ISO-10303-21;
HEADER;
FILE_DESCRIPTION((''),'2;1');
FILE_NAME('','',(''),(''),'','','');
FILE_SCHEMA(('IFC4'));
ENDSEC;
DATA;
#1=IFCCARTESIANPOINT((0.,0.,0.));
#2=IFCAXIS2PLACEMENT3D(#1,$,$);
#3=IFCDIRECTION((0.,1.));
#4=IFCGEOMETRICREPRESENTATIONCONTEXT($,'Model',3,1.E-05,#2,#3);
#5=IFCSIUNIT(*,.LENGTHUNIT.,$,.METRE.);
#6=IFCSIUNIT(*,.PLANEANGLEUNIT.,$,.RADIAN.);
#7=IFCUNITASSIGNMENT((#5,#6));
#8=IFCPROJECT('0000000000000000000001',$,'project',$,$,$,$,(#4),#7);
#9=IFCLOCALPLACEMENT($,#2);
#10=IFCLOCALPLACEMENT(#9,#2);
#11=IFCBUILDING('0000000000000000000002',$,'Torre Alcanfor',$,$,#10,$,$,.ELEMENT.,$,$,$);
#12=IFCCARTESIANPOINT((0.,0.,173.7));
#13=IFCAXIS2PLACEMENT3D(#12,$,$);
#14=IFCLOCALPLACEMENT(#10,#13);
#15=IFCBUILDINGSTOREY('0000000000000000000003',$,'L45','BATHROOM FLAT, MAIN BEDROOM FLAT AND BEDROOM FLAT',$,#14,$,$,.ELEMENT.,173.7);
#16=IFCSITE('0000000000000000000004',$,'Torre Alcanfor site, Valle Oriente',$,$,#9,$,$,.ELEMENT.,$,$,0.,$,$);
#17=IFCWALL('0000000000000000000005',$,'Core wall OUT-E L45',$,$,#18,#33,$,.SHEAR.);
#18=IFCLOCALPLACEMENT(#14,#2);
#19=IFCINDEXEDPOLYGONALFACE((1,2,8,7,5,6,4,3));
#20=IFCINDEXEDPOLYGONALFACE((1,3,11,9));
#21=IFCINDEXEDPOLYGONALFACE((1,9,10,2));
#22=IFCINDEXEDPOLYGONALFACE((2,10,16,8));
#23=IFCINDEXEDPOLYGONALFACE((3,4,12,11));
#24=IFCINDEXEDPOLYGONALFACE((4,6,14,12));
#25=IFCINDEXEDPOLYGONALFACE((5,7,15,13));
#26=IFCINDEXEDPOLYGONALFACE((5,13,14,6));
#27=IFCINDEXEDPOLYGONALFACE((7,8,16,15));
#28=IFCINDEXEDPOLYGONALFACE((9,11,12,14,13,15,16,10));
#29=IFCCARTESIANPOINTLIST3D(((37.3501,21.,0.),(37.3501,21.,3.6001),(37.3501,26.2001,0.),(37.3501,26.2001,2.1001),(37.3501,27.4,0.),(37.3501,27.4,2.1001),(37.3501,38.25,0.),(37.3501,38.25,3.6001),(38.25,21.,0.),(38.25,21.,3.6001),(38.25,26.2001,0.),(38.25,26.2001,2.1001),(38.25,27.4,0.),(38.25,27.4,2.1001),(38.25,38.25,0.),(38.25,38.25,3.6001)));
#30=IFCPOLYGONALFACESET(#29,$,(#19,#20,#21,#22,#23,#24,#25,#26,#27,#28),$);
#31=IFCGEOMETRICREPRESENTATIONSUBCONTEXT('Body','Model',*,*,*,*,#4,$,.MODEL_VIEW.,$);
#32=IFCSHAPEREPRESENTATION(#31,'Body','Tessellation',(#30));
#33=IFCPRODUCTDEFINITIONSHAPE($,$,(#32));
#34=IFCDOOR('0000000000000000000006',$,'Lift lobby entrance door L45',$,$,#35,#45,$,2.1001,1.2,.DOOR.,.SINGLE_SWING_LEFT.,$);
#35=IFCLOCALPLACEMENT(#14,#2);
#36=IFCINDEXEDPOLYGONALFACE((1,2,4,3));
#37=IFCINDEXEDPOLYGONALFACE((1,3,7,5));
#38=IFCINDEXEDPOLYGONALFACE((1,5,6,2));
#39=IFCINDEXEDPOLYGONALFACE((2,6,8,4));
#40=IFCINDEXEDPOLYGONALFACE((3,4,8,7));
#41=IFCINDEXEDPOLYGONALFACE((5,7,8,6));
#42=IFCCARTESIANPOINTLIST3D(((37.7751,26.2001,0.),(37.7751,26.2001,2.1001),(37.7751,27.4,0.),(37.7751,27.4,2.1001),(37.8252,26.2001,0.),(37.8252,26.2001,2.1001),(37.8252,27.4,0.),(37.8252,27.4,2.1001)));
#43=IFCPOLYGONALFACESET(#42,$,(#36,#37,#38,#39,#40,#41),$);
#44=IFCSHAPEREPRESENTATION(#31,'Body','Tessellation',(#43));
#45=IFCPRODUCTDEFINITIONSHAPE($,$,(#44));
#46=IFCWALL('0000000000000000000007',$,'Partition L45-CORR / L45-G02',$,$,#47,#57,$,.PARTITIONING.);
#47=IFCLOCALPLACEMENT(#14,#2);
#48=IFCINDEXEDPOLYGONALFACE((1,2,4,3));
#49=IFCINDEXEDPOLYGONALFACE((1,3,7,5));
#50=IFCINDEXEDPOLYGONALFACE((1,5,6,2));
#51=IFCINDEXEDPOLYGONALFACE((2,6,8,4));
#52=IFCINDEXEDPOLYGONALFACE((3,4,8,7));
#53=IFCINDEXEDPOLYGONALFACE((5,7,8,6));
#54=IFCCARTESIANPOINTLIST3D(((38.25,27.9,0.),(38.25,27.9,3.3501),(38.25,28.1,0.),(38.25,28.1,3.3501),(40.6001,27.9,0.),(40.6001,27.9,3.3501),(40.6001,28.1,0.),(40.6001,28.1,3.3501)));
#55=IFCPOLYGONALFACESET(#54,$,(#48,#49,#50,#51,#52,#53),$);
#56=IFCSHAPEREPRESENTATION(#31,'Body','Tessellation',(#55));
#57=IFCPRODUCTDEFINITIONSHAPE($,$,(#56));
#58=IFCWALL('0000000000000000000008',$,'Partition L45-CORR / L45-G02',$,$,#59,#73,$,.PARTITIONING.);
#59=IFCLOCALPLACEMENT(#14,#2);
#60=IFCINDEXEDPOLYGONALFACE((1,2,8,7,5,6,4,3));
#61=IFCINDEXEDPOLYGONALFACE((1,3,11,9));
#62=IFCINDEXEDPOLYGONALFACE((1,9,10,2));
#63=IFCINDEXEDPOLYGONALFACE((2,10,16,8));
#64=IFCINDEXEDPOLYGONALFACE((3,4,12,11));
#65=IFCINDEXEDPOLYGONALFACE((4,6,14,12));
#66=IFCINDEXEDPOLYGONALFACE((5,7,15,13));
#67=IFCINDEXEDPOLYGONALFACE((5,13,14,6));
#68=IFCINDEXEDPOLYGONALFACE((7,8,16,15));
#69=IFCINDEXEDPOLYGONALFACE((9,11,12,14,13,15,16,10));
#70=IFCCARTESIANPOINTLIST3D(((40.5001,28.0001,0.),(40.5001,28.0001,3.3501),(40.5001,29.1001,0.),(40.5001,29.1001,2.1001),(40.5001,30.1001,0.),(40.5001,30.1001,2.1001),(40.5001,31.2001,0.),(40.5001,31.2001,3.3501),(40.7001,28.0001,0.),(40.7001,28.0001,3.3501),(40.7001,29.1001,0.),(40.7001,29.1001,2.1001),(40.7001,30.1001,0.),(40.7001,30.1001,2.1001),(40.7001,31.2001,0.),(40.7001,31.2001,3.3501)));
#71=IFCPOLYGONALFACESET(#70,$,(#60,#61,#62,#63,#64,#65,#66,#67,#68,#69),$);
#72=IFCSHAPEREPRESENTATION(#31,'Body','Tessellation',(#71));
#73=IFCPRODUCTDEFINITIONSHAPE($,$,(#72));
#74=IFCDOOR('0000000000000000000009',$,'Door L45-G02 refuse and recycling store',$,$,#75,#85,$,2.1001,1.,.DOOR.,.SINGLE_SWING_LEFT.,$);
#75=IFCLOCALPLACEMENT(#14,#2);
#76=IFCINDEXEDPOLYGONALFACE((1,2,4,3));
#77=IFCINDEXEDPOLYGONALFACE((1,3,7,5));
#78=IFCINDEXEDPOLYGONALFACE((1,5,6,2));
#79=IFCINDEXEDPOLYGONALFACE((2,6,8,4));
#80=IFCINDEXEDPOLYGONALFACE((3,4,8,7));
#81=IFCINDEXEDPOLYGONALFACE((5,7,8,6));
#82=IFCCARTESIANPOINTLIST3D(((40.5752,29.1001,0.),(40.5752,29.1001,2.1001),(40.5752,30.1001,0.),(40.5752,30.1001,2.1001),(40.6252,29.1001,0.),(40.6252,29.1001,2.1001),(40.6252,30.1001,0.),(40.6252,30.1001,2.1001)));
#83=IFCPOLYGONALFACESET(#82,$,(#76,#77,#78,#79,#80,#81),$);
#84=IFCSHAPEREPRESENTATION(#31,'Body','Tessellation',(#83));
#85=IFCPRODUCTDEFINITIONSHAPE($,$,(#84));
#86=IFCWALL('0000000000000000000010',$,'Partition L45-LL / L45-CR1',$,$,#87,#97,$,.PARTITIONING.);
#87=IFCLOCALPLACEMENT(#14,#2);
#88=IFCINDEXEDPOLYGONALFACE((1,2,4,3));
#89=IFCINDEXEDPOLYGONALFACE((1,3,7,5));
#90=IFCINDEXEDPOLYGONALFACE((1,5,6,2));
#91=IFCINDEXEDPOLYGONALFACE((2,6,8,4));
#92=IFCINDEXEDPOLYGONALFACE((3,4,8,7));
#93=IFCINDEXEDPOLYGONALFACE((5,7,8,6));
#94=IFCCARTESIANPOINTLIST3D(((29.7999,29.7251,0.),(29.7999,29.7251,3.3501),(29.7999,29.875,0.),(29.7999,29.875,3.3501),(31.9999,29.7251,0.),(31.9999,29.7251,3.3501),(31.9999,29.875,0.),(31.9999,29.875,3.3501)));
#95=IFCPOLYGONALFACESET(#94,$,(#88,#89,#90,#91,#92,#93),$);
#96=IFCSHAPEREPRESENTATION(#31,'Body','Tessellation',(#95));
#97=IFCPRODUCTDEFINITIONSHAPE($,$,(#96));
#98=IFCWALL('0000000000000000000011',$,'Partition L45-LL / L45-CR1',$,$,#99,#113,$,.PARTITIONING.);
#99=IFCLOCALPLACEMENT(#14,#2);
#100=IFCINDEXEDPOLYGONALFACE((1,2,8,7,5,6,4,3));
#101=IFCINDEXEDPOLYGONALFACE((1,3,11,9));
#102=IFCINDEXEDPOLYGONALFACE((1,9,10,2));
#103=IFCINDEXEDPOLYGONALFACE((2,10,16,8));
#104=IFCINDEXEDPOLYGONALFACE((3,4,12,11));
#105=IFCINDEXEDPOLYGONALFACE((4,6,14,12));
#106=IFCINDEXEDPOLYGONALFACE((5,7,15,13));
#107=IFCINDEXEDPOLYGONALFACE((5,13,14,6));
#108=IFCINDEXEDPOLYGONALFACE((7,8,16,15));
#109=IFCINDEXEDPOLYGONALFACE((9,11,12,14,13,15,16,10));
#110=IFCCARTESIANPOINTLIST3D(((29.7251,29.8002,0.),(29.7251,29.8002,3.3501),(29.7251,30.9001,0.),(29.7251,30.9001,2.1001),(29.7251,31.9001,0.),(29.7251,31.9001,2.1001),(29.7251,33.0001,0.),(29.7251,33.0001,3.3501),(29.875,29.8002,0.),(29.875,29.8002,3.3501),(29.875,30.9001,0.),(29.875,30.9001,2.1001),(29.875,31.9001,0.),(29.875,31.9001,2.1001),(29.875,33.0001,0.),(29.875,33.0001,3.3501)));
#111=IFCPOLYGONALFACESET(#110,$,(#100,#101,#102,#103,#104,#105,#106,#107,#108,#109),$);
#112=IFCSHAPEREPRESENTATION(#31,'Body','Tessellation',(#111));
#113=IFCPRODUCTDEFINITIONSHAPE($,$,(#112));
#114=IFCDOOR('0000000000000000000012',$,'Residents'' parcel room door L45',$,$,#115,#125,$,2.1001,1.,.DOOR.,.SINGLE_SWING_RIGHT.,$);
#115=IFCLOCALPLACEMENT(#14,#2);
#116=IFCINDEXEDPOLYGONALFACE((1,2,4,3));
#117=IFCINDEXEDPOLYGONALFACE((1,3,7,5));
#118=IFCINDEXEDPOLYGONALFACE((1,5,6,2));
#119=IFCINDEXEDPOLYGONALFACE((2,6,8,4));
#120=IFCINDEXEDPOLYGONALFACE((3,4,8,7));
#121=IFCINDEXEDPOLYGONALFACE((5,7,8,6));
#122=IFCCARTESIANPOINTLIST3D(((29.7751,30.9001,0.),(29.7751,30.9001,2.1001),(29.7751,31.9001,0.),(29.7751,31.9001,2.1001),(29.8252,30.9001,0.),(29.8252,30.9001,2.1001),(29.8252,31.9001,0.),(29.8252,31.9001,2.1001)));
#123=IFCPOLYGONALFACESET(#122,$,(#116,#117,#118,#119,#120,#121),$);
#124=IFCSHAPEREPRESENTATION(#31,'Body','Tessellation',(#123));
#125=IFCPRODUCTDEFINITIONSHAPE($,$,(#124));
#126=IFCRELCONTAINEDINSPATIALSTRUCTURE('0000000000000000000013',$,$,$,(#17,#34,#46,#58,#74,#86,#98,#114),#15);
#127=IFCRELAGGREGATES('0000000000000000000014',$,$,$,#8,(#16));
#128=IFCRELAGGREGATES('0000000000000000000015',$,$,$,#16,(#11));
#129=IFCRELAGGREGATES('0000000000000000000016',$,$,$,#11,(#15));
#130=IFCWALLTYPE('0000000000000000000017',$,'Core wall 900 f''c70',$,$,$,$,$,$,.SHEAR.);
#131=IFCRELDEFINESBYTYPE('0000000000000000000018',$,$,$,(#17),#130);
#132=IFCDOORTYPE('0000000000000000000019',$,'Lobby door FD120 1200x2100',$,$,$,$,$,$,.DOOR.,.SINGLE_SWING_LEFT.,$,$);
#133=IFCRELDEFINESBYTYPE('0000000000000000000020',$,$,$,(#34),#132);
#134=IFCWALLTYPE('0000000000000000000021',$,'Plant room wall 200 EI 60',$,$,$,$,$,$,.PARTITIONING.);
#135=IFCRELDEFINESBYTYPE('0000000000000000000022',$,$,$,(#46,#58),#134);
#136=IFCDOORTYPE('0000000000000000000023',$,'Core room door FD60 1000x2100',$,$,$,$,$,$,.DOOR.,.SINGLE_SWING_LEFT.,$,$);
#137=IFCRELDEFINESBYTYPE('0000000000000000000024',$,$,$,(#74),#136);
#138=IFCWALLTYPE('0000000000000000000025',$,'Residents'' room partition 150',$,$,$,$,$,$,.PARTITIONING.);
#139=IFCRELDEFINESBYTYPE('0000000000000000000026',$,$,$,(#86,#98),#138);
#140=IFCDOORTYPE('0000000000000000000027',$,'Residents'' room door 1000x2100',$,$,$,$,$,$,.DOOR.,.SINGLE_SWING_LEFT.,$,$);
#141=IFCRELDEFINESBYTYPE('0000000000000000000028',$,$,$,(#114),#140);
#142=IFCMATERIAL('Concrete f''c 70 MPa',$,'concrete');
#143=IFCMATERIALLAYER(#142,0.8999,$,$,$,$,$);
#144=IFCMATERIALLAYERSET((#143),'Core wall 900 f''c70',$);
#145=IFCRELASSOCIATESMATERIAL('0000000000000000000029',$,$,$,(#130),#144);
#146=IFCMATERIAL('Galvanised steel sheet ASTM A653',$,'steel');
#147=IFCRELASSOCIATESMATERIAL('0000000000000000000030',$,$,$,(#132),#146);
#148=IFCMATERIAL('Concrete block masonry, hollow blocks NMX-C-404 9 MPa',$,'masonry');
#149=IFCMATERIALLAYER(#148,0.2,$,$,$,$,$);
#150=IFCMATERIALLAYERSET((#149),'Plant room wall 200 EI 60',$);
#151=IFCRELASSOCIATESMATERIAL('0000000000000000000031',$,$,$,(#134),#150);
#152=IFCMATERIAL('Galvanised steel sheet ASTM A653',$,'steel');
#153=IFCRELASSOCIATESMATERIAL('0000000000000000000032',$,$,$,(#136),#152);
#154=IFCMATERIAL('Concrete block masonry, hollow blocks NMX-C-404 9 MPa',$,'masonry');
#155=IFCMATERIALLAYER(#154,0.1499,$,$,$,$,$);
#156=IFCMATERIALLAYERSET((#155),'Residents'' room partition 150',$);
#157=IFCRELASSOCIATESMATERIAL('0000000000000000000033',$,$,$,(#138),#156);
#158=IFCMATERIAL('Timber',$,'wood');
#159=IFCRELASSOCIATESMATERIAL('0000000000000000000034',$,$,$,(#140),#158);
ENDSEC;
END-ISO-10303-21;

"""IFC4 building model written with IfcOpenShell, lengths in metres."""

from ifc_helpers import new_model, si_unit, direction, frame, frame_2d, origin, place, context, subcontext, project, spatial, rectangle, extrude, material, layer, layer_set, type_object, element, fill, save


model = new_model("IFC4")

# Units and contexts
model_context = context("Model", 3, precision=1e-05, world=origin(), true_north=direction((0.0, 1.0)))
body_context = subcontext(model_context, "Body", "Model", "MODEL_VIEW")
ifc_project = project(units=[si_unit("LENGTHUNIT", "METRE"), si_unit("PLANEANGLEUNIT", "RADIAN")], contexts=[model_context])

# Site, building, storey
site_placement = place(None, origin())
site = spatial("IfcSite", under=ifc_project, at=site_placement, Name="Torre Alcanfor site, Valle Oriente", CompositionType="ELEMENT", RefElevation=0.0)
building_placement = place(site_placement, origin())
building = spatial("IfcBuilding", under=site, at=building_placement, Name="Torre Alcanfor", CompositionType="ELEMENT")
storey_placement = place(building_placement, frame((0.0, 0.0, 173.7)))
storey = spatial("IfcBuildingStorey", under=building, at=storey_placement, Name="L45", Description="BATHROOM FLAT, MAIN BEDROOM FLAT AND BEDROOM FLAT", CompositionType="ELEMENT", Elevation=173.7)

# Wall, opening, door
ifc_material_1 = material(Name="Concrete f'c 70 MPa", Category="concrete")
ifc_layer_1 = layer(ifc_material_1, 0.8999)
ifc_layer_set_1 = layer_set([ifc_layer_1], Name="Core wall 900 f'c70")
wall_type_1 = type_object("IfcWallType", Name="Core wall 900 f'c70", PredefinedType="SHEAR", material=ifc_layer_set_1)
wall_1_placement = place(storey_placement, frame((37.8, 21.0, 0.0), z_axis=(0.0, 0.0, 1.0), x_axis=(0.0, 1.0, 0.0)))
wall_1 = element("IfcWall", 1, at=wall_1_placement, inside=storey, type_object=wall_type_1, Name="Core wall OUT-E L45", PredefinedType="SHEAR", context=body_context, shape_type="SweptSolid", body=[
    extrude(rectangle(XDim=17.25, YDim=0.8999, at=frame_2d((8.625, 0.0))), origin(), (0.0, 0.0, 1.0), 3.6001),
])
opening_1_placement = place(wall_1_placement, frame((5.2, 0.0, 0.0)))
opening_1 = element("IfcOpeningElement", 2, at=opening_1_placement, cuts=wall_1, PredefinedType="OPENING", context=body_context, shape_type="SweptSolid", body=[
    extrude(rectangle(XDim=1.2, YDim=2.1001, at=frame_2d((0.6001, 1.05))), frame((0.0, 0.46, 0.0), z_axis=(0.0, -1.0, 0.0), x_axis=(1.0, 0.0, 0.0)), (0.0, 0.0, 1.0), 0.9199),
])
ifc_material_2 = material(Name="Galvanised steel sheet ASTM A653", Category="steel")
door_type_1 = type_object("IfcDoorType", Name="Lobby door FD120 1200x2100", OperationType="SINGLE_SWING_LEFT", PredefinedType="DOOR", material=ifc_material_2)
door_1_placement = place(opening_1_placement, origin())
door_1 = element("IfcDoor", 3, at=door_1_placement, inside=storey, type_object=door_type_1, Name="Lift lobby entrance door L45", OperationType="SINGLE_SWING_LEFT", OverallHeight=2.1001, OverallWidth=1.2, PredefinedType="DOOR", context=body_context, shape_type="SweptSolid", body=[
    extrude(rectangle(XDim=1.2, YDim=2.1001, at=frame_2d((0.6001, 1.05))), frame((0.0, 0.0249, 0.0), z_axis=(0.0, -1.0, 0.0), x_axis=(1.0, 0.0, 0.0)), (0.0, 0.0, 1.0), 0.05),
])
fill(opening_1, door_1)

# Wall
ifc_material_3 = material(Name="Concrete block masonry, hollow blocks NMX-C-404 9 MPa", Category="masonry")
ifc_layer_2 = layer(ifc_material_3, 0.2)
ifc_layer_set_2 = layer_set([ifc_layer_2], Name="Plant room wall 200 EI 60")
wall_type_2 = type_object("IfcWallType", Name="Plant room wall 200 EI 60", PredefinedType="PARTITIONING", material=ifc_layer_set_2)
wall_2_placement = place(storey_placement, frame((38.25, 28.0, 0.0), z_axis=(0.0, 0.0, 1.0), x_axis=(1.0, 0.0, 0.0)))
element("IfcWall", 4, at=wall_2_placement, inside=storey, type_object=wall_type_2, Name="Partition L45-CORR / L45-G02", PredefinedType="PARTITIONING", context=body_context, shape_type="SweptSolid", body=[
    extrude(rectangle(XDim=2.3501, YDim=0.2, at=frame_2d((1.175, 0.0))), origin(), (0.0, 0.0, 1.0), 3.3501),
])

# Wall, opening, door
wall_3_placement = place(storey_placement, frame((40.6001, 28.0, 0.0), z_axis=(0.0, 0.0, 1.0), x_axis=(0.0, 1.0, 0.0)))
wall_3 = element("IfcWall", 5, at=wall_3_placement, inside=storey, type_object=wall_type_2, Name="Partition L45-CORR / L45-G02", PredefinedType="PARTITIONING", context=body_context, shape_type="SweptSolid", body=[
    extrude(rectangle(XDim=3.2, YDim=0.2, at=frame_2d((1.6001, 0.0))), origin(), (0.0, 0.0, 1.0), 3.3501),
])
opening_2_placement = place(wall_3_placement, frame((1.1001, 0.0, 0.0)))
opening_2 = element("IfcOpeningElement", 6, at=opening_2_placement, cuts=wall_3, PredefinedType="OPENING", context=body_context, shape_type="SweptSolid", body=[
    extrude(rectangle(XDim=1.0, YDim=2.1001, at=frame_2d((0.5, 1.05))), frame((0.0, 0.1099, 0.0), z_axis=(0.0, -1.0, 0.0), x_axis=(1.0, 0.0, 0.0)), (0.0, 0.0, 1.0), 0.22),
])
ifc_material_4 = material(Name="Galvanised steel sheet ASTM A653", Category="steel")
door_type_2 = type_object("IfcDoorType", Name="Core room door FD60 1000x2100", OperationType="SINGLE_SWING_LEFT", PredefinedType="DOOR", material=ifc_material_4)
door_2_placement = place(opening_2_placement, origin())
door_2 = element("IfcDoor", 7, at=door_2_placement, inside=storey, type_object=door_type_2, Name="Door L45-G02 refuse and recycling store", OperationType="SINGLE_SWING_LEFT", OverallHeight=2.1001, OverallWidth=1.0, PredefinedType="DOOR", context=body_context, shape_type="SweptSolid", body=[
    extrude(rectangle(XDim=1.0, YDim=2.1001, at=frame_2d((0.5, 1.05))), frame((0.0, 0.0249, 0.0), z_axis=(0.0, -1.0, 0.0), x_axis=(1.0, 0.0, 0.0)), (0.0, 0.0, 1.0), 0.05),
])
fill(opening_2, door_2)

# Wall
ifc_material_5 = material(Name="Concrete block masonry, hollow blocks NMX-C-404 9 MPa", Category="masonry")
ifc_layer_3 = layer(ifc_material_5, 0.1499)
ifc_layer_set_3 = layer_set([ifc_layer_3], Name="Residents' room partition 150")
wall_type_3 = type_object("IfcWallType", Name="Residents' room partition 150", PredefinedType="PARTITIONING", material=ifc_layer_set_3)
wall_4_placement = place(storey_placement, frame((32.0, 29.8, 0.0), z_axis=(0.0, 0.0, 1.0), x_axis=(-1.0, 0.0, 0.0)))
element("IfcWall", 8, at=wall_4_placement, inside=storey, type_object=wall_type_3, Name="Partition L45-LL / L45-CR1", PredefinedType="PARTITIONING", context=body_context, shape_type="SweptSolid", body=[
    extrude(rectangle(XDim=2.2, YDim=0.1499, at=frame_2d((1.1001, 0.0))), origin(), (0.0, 0.0, 1.0), 3.3501),
])

# Wall, opening, door
wall_5_placement = place(storey_placement, frame((29.8, 29.8, 0.0), z_axis=(0.0, 0.0, 1.0), x_axis=(0.0, 1.0, 0.0)))
wall_5 = element("IfcWall", 9, at=wall_5_placement, inside=storey, type_object=wall_type_3, Name="Partition L45-LL / L45-CR1", PredefinedType="PARTITIONING", context=body_context, shape_type="SweptSolid", body=[
    extrude(rectangle(XDim=3.2, YDim=0.1499, at=frame_2d((1.6001, 0.0))), origin(), (0.0, 0.0, 1.0), 3.3501),
])
opening_3_placement = place(wall_5_placement, frame((1.1001, 0.0, 0.0)))
opening_3 = element("IfcOpeningElement", 10, at=opening_3_placement, cuts=wall_5, PredefinedType="OPENING", context=body_context, shape_type="SweptSolid", body=[
    extrude(rectangle(XDim=1.0, YDim=2.1001, at=frame_2d((0.5, 1.05))), frame((0.0, 0.085, 0.0), z_axis=(0.0, -1.0, 0.0), x_axis=(1.0, 0.0, 0.0)), (0.0, 0.0, 1.0), 0.1699),
])
ifc_material_6 = material(Name="Timber", Category="wood")
door_type_3 = type_object("IfcDoorType", Name="Residents' room door 1000x2100", OperationType="SINGLE_SWING_LEFT", PredefinedType="DOOR", material=ifc_material_6)
door_3_placement = place(opening_3_placement, frame((1.0, 0.0, 0.0), z_axis=(0.0, 0.0, 1.0), x_axis=(-1.0, 0.0, 0.0)))
door_3 = element("IfcDoor", 11, at=door_3_placement, inside=storey, type_object=door_type_3, Name="Residents' parcel room door L45", OperationType="SINGLE_SWING_RIGHT", OverallHeight=2.1001, OverallWidth=1.0, PredefinedType="DOOR", context=body_context, shape_type="SweptSolid", body=[
    extrude(rectangle(XDim=1.0, YDim=2.1001, at=frame_2d((0.5, 1.05))), frame((0.0, 0.0251, 0.0), z_axis=(0.0, -1.0, 0.0), x_axis=(1.0, 0.0, 0.0)), (0.0, 0.0, 1.0), 0.05),
])
fill(opening_3, door_3)

save(model, "model.ifc")
